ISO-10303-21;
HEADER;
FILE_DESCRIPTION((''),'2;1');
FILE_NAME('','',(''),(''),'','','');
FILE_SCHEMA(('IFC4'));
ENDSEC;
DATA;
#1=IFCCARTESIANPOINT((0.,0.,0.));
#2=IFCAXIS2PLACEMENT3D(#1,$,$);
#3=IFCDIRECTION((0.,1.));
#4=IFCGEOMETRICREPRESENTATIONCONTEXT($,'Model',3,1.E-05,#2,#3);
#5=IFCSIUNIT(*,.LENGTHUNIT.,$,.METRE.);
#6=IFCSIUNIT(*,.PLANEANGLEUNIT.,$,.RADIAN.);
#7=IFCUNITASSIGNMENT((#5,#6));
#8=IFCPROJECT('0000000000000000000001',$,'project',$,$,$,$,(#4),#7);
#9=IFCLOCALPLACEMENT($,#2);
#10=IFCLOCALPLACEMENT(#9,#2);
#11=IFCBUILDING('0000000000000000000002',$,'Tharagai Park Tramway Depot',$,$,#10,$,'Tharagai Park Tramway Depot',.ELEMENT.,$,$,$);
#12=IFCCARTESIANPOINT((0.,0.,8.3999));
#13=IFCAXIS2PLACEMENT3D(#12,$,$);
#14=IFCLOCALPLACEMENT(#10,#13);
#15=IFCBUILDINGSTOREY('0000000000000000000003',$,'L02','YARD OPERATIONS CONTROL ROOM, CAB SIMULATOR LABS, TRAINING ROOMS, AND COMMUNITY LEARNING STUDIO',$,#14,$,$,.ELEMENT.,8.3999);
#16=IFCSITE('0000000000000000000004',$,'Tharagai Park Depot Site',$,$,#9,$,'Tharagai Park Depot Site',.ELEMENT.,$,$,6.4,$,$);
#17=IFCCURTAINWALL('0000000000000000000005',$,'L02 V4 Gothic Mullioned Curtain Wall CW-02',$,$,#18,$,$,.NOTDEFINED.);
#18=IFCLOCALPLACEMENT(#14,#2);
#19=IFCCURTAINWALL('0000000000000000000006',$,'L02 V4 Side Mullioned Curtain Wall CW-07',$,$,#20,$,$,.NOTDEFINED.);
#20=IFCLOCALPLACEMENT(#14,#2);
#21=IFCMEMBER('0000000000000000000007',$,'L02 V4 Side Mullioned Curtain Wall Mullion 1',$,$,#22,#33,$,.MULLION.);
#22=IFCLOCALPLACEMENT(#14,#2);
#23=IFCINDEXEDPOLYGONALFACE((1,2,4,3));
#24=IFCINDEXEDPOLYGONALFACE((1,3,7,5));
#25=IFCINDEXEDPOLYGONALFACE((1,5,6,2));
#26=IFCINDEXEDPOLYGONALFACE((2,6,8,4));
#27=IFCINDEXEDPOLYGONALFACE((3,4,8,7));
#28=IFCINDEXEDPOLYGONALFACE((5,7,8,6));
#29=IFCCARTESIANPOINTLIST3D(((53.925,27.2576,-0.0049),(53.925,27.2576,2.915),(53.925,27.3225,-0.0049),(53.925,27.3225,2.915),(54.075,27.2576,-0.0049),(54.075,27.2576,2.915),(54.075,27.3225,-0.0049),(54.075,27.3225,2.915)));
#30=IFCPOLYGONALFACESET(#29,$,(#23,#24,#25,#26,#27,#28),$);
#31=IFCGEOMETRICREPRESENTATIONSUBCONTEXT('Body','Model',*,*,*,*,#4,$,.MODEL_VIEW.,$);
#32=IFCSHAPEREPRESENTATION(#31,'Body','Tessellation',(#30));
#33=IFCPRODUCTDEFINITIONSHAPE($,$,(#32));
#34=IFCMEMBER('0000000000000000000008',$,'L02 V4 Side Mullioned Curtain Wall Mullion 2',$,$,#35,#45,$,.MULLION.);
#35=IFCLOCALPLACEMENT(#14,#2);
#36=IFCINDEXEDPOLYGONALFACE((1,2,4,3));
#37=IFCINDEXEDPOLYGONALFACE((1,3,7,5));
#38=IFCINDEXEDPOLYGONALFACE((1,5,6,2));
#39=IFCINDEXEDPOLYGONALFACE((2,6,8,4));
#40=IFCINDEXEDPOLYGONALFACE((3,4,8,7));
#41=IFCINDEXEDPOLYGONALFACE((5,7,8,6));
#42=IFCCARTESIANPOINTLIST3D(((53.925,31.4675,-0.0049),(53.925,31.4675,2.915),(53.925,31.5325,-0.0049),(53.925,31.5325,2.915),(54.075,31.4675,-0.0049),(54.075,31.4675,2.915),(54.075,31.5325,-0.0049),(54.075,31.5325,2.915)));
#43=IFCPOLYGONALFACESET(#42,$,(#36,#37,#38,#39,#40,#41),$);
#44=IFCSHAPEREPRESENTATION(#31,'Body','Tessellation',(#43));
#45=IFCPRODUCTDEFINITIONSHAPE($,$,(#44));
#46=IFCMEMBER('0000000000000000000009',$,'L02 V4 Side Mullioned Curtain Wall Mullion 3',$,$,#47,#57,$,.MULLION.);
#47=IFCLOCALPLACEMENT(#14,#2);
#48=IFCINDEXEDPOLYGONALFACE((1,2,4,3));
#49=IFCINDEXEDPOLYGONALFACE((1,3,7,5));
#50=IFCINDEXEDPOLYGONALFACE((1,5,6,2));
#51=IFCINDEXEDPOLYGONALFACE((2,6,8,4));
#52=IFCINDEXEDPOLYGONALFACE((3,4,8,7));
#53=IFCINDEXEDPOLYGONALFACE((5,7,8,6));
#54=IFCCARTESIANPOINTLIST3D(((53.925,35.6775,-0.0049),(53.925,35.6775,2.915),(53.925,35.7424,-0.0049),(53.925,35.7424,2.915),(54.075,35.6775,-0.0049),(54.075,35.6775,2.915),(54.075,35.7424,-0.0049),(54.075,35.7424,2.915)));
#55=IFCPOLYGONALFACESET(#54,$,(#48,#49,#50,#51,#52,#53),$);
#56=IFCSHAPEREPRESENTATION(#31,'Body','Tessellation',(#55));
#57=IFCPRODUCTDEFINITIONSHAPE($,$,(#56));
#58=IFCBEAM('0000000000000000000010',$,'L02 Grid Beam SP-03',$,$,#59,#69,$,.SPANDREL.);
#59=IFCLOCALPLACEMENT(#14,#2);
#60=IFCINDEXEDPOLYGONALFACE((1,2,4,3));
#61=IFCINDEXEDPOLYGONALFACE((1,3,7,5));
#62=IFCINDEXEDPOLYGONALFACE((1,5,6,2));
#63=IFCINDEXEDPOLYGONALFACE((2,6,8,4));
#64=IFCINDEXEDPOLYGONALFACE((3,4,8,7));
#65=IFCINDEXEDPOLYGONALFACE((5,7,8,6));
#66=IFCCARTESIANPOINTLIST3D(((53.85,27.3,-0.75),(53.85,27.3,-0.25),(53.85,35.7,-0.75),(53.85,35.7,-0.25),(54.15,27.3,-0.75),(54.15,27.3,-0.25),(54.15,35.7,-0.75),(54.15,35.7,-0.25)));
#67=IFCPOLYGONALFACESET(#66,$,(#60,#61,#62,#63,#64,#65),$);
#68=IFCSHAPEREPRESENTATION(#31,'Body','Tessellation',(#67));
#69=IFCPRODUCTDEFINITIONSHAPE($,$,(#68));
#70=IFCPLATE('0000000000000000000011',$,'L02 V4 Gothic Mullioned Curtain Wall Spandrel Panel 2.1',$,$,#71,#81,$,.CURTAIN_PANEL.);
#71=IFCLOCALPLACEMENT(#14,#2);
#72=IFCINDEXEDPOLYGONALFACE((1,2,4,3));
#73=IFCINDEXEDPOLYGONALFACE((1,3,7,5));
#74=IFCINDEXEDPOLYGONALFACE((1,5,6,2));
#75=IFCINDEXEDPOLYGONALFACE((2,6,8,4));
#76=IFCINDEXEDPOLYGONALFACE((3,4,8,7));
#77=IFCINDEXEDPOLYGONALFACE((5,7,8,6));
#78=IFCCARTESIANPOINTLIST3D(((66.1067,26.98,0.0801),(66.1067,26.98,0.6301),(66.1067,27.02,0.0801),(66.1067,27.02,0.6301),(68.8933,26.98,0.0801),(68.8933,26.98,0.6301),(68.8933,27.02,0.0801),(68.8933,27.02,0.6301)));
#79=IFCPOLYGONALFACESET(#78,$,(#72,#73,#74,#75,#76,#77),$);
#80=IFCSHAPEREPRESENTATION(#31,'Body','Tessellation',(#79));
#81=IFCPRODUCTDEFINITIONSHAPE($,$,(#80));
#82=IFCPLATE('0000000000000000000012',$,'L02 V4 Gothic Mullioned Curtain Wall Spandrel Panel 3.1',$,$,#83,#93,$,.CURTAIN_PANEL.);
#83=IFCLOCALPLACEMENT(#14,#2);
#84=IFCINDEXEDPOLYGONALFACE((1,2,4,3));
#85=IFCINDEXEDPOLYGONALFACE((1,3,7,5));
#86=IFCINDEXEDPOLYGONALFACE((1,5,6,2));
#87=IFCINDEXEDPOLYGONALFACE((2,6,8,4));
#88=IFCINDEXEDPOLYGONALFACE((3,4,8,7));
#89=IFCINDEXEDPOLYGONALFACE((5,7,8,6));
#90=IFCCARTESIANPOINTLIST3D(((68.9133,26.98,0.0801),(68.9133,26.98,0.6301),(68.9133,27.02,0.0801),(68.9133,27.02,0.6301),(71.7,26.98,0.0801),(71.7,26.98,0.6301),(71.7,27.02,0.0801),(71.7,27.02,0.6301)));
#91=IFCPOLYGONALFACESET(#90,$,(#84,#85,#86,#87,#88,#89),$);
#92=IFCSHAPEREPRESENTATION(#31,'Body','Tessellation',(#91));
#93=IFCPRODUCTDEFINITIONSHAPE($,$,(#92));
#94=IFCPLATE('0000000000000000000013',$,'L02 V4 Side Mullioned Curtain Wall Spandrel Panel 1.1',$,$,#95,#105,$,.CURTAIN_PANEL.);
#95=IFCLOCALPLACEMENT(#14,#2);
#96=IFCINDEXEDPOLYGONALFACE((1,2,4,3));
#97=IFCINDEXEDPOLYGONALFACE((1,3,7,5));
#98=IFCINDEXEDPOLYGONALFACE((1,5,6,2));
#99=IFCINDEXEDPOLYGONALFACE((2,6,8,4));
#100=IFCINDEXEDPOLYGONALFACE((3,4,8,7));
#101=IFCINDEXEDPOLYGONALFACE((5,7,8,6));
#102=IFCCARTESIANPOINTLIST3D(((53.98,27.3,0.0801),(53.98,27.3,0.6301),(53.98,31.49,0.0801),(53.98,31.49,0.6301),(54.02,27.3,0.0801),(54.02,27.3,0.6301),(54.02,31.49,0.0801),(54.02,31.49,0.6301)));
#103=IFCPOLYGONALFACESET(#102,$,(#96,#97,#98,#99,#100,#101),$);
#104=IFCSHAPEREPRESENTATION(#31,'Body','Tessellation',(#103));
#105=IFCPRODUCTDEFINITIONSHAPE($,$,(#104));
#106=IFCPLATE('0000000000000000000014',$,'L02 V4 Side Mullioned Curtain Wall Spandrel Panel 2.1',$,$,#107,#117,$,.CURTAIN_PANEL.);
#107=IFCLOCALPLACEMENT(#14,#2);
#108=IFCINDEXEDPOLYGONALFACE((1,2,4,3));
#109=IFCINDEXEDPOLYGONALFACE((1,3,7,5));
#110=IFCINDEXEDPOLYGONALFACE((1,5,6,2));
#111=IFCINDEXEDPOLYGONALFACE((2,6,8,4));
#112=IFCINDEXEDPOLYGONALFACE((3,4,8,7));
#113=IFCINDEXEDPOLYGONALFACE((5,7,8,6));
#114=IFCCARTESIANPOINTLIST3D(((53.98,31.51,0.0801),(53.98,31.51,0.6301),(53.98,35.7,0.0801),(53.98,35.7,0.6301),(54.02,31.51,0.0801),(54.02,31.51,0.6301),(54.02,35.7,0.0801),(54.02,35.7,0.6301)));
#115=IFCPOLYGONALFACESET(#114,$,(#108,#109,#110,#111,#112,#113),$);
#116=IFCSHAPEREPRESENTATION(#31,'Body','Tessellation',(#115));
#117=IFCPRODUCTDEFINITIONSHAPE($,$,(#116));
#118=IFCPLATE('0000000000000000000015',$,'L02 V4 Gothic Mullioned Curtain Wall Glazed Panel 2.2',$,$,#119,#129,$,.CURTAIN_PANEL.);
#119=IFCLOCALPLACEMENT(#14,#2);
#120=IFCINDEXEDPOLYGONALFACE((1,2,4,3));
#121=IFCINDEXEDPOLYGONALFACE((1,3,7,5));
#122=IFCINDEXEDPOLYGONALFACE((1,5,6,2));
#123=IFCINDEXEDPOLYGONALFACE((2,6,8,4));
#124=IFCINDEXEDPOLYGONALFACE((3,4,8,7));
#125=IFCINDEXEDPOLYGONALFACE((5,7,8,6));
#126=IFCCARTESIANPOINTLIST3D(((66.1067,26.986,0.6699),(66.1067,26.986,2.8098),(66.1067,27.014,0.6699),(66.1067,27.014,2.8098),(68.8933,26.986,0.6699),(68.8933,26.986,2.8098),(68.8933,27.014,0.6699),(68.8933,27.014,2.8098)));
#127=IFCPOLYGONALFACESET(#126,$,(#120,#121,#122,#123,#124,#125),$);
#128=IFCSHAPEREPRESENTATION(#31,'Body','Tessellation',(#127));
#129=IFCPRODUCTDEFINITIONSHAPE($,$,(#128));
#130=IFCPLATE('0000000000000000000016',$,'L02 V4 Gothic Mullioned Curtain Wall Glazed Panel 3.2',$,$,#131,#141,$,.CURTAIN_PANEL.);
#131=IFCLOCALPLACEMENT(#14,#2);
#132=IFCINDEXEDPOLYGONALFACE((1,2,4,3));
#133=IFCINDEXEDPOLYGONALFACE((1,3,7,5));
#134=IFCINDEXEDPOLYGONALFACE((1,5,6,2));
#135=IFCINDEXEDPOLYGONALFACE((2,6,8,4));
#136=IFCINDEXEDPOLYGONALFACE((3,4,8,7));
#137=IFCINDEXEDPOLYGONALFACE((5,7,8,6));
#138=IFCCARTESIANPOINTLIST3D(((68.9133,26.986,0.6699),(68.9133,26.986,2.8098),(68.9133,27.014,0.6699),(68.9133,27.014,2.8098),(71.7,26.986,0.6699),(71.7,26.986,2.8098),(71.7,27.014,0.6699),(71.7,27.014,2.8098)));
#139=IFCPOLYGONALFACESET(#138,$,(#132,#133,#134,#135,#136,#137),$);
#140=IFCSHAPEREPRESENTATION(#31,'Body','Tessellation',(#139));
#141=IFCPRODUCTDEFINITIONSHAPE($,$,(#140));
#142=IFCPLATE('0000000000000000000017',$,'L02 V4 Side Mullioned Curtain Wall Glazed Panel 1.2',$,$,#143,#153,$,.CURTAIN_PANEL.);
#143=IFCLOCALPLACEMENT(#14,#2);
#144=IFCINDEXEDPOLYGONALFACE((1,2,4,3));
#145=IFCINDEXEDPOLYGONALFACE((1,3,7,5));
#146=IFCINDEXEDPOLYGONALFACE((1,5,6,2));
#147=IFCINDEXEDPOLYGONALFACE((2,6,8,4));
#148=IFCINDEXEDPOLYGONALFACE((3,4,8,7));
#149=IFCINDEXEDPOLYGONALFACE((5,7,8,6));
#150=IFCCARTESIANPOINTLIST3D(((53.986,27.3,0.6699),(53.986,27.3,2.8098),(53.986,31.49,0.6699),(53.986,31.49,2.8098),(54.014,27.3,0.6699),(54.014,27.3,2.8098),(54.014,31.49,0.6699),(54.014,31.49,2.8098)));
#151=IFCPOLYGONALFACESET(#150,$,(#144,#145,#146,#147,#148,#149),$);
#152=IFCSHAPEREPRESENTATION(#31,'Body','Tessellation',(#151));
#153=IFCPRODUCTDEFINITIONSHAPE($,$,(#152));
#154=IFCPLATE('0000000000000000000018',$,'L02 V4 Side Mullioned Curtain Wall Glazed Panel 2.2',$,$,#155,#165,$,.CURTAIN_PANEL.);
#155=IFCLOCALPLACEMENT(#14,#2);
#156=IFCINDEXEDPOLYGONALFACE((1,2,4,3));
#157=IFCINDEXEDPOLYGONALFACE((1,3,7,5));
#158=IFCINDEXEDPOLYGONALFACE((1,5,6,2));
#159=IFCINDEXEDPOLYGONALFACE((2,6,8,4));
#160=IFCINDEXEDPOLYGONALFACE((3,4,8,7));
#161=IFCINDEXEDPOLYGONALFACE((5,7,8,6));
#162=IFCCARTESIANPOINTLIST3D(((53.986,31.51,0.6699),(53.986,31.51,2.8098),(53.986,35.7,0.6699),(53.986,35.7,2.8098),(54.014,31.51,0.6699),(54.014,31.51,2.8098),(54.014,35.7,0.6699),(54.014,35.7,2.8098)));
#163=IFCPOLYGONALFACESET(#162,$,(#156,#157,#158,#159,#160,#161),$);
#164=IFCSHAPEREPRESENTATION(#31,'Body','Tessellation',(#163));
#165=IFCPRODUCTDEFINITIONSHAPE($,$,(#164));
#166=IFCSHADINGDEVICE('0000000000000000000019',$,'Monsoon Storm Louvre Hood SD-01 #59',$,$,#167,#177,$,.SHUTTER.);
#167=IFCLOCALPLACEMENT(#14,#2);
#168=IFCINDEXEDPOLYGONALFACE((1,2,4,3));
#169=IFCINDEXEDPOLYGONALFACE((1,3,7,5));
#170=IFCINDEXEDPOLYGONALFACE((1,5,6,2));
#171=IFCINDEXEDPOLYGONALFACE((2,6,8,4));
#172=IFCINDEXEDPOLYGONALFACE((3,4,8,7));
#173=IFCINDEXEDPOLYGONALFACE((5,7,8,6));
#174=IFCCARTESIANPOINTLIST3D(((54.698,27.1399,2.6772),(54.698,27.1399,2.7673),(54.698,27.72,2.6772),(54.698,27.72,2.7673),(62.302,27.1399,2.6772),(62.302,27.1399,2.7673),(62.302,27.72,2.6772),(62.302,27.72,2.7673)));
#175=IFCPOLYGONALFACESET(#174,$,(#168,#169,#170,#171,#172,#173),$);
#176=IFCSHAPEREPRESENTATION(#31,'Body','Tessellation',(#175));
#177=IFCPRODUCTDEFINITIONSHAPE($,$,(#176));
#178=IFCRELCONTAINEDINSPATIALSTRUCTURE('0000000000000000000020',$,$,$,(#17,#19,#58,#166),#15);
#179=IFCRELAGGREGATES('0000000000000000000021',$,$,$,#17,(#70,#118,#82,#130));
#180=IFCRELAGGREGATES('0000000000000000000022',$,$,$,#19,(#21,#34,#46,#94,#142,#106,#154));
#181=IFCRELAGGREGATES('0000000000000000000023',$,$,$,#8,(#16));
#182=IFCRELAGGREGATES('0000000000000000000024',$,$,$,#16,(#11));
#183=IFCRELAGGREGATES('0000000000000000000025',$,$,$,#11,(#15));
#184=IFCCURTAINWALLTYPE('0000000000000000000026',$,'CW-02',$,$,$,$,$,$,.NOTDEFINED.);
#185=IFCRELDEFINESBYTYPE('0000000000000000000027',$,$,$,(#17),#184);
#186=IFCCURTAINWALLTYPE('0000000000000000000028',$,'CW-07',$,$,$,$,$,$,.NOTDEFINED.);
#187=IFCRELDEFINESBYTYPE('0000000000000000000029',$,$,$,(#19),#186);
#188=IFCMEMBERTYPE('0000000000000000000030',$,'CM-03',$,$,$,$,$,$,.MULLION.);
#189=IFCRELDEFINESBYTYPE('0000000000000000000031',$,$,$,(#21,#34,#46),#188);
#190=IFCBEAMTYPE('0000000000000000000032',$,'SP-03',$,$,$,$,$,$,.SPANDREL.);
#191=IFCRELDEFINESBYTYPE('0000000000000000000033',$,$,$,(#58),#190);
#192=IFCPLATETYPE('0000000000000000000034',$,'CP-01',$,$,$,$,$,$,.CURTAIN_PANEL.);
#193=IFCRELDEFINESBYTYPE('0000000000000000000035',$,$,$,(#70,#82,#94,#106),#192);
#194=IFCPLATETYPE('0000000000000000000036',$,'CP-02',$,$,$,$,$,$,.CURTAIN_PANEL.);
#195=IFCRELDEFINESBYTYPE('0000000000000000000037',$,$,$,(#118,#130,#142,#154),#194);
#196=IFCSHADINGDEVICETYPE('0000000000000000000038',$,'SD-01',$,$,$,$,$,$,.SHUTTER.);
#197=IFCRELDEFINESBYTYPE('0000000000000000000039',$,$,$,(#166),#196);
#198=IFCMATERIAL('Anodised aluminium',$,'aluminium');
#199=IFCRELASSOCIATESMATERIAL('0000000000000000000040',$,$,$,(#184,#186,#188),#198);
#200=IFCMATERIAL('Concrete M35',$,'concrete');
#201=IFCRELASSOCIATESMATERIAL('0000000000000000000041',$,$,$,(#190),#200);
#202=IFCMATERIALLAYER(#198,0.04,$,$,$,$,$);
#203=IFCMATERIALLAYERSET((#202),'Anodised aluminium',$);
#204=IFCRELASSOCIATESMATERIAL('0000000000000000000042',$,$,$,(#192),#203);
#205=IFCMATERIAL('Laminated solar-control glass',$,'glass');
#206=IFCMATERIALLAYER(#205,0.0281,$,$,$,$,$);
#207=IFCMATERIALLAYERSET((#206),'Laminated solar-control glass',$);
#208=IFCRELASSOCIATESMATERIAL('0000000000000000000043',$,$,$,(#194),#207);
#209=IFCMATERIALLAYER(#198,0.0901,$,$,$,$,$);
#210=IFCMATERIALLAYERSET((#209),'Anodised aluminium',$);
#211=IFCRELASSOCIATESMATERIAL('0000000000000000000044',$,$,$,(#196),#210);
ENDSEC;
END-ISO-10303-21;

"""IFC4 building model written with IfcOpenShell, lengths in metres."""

from ifc_helpers import new_model, si_unit, direction, frame, origin, origin_2d, place, context, subcontext, project, spatial, rectangle, extrude, material, layer, layer_set, material_profile, profile_set, type_object, element, aggregate, save


model = new_model("IFC4")

# Units and contexts
model_context = context("Model", 3, precision=1e-05, world=origin(), true_north=direction((0.0, 1.0)))
body_context = subcontext(model_context, "Body", "Model", "MODEL_VIEW")
ifc_project = project(units=[si_unit("LENGTHUNIT", "METRE"), si_unit("PLANEANGLEUNIT", "RADIAN")], contexts=[model_context])

# Site, building, storey
site_placement = place(None, origin())
site = spatial("IfcSite", under=ifc_project, at=site_placement, Name="Tharagai Park Depot Site", LongName="Tharagai Park Depot Site", CompositionType="ELEMENT", RefElevation=6.4)
building_placement = place(site_placement, origin())
building = spatial("IfcBuilding", under=site, at=building_placement, Name="Tharagai Park Tramway Depot", LongName="Tharagai Park Tramway Depot", CompositionType="ELEMENT")
storey_placement = place(building_placement, frame((0.0, 0.0, 8.3999)))
storey = spatial("IfcBuildingStorey", under=building, at=storey_placement, Name="L02", Description="YARD OPERATIONS CONTROL ROOM, CAB SIMULATOR LABS, TRAINING ROOMS, AND COMMUNITY LEARNING STUDIO", CompositionType="ELEMENT", Elevation=8.3999)

# Shared definitions
ifc_material_1 = material(Name="Concrete M35", Category="concrete")

# Curtain walls
ifc_material_2 = material(Name="Anodised aluminium", Category="aluminium")
curtain_wall_type_1 = type_object("IfcCurtainWallType", Name="CW-02", PredefinedType="NOTDEFINED", material=ifc_material_2)
curtain_wall_1_placement = place(storey_placement, origin())
curtain_wall_1 = element("IfcCurtainWall", 1, at=curtain_wall_1_placement, inside=storey, type_object=curtain_wall_type_1, Name="L02 V4 Gothic Mullioned Curtain Wall CW-02", PredefinedType="NOTDEFINED")
curtain_wall_type_2 = type_object("IfcCurtainWallType", Name="CW-07", PredefinedType="NOTDEFINED", material=ifc_material_2)
curtain_wall_2_placement = place(storey_placement, origin())
curtain_wall_2 = element("IfcCurtainWall", 2, at=curtain_wall_2_placement, inside=storey, type_object=curtain_wall_type_2, Name="L02 V4 Side Mullioned Curtain Wall CW-07", PredefinedType="NOTDEFINED")

# Members
ifc_material_profile_1 = material_profile(ifc_material_2, rectangle(XDim=0.0649, YDim=0.1499, at=origin_2d()), Name="ALU 65x150")
ifc_profile_set_1 = profile_set([ifc_material_profile_1], Name="Anodised aluminium")
member_type_1 = type_object("IfcMemberType", Name="CM-03", PredefinedType="MULLION", material=ifc_profile_set_1)
member_1_placement = place(storey_placement, frame((54.0, 27.29, -0.0049), z_axis=(0.0, 0.0, 1.0), x_axis=(0.0, 1.0, 0.0)))
member_1 = element("IfcMember", 3, at=member_1_placement, type_object=member_type_1, Name="L02 V4 Side Mullioned Curtain Wall Mullion 1", PredefinedType="MULLION", context=body_context, shape_type="SweptSolid", body=[
    extrude(rectangle(XDim=0.0649, YDim=0.1499, at=origin_2d()), origin(), (0.0, 0.0, 1.0), 2.9199),
])
member_2_placement = place(storey_placement, frame((54.0, 31.5, -0.0049), z_axis=(0.0, 0.0, 1.0), x_axis=(0.0, 1.0, 0.0)))
member_2 = element("IfcMember", 4, at=member_2_placement, type_object=member_type_1, Name="L02 V4 Side Mullioned Curtain Wall Mullion 2", PredefinedType="MULLION", context=body_context, shape_type="SweptSolid", body=[
    extrude(rectangle(XDim=0.0649, YDim=0.1499, at=origin_2d()), origin(), (0.0, 0.0, 1.0), 2.9199),
])
member_3_placement = place(storey_placement, frame((54.0, 35.71, -0.0049), z_axis=(0.0, 0.0, 1.0), x_axis=(0.0, 1.0, 0.0)))
member_3 = element("IfcMember", 5, at=member_3_placement, type_object=member_type_1, Name="L02 V4 Side Mullioned Curtain Wall Mullion 3", PredefinedType="MULLION", context=body_context, shape_type="SweptSolid", body=[
    extrude(rectangle(XDim=0.0649, YDim=0.1499, at=origin_2d()), origin(), (0.0, 0.0, 1.0), 2.9199),
])

# Beam
ifc_material_profile_2 = material_profile(ifc_material_1, rectangle(XDim=0.3, YDim=0.5, at=origin_2d()), Name="RC 300x500")
ifc_profile_set_2 = profile_set([ifc_material_profile_2], Name="Concrete M35")
beam_type_1 = type_object("IfcBeamType", Name="SP-03", PredefinedType="SPANDREL", material=ifc_profile_set_2)
beam_placement = place(storey_placement, frame((54.0, 27.3, -0.5), z_axis=(0.0, 1.0, 0.0), x_axis=(-1.0, 0.0, 0.0)))
element("IfcBeam", 6, at=beam_placement, inside=storey, type_object=beam_type_1, Name="L02 Grid Beam SP-03", PredefinedType="SPANDREL", context=body_context, shape_type="SweptSolid", body=[
    extrude(rectangle(XDim=0.3, YDim=0.5, at=origin_2d()), origin(), (0.0, 0.0, 1.0), 8.3999),
])

# Plates
ifc_layer_1 = layer(ifc_material_2, 0.04)
ifc_layer_set_1 = layer_set([ifc_layer_1], Name="Anodised aluminium")
plate_type_1 = type_object("IfcPlateType", Name="CP-01", PredefinedType="CURTAIN_PANEL", material=ifc_layer_set_1)
plate_1_placement = place(storey_placement, frame((67.5, 27.0, 0.0801), z_axis=(0.0, 0.0, 1.0), x_axis=(1.0, 0.0, 0.0)))
plate_1 = element("IfcPlate", 7, at=plate_1_placement, type_object=plate_type_1, Name="L02 V4 Gothic Mullioned Curtain Wall Spandrel Panel 2.1", PredefinedType="CURTAIN_PANEL", context=body_context, shape_type="SweptSolid", body=[
    extrude(rectangle(XDim=2.7866, YDim=0.04, at=origin_2d()), origin(), (0.0, 0.0, 1.0), 0.55),
])
plate_2_placement = place(storey_placement, frame((70.3066, 27.0, 0.0801), z_axis=(0.0, 0.0, 1.0), x_axis=(1.0, 0.0, 0.0)))
plate_2 = element("IfcPlate", 8, at=plate_2_placement, type_object=plate_type_1, Name="L02 V4 Gothic Mullioned Curtain Wall Spandrel Panel 3.1", PredefinedType="CURTAIN_PANEL", context=body_context, shape_type="SweptSolid", body=[
    extrude(rectangle(XDim=2.7866, YDim=0.04, at=origin_2d()), origin(), (0.0, 0.0, 1.0), 0.55),
])
plate_3_placement = place(storey_placement, frame((54.0, 29.395, 0.0801), z_axis=(0.0, 0.0, 1.0), x_axis=(0.0, 1.0, 0.0)))
plate_3 = element("IfcPlate", 9, at=plate_3_placement, type_object=plate_type_1, Name="L02 V4 Side Mullioned Curtain Wall Spandrel Panel 1.1", PredefinedType="CURTAIN_PANEL", context=body_context, shape_type="SweptSolid", body=[
    extrude(rectangle(XDim=4.1899, YDim=0.04, at=origin_2d()), origin(), (0.0, 0.0, 1.0), 0.55),
])
plate_4_placement = place(storey_placement, frame((54.0, 33.605, 0.0801), z_axis=(0.0, 0.0, 1.0), x_axis=(0.0, 1.0, 0.0)))
plate_4 = element("IfcPlate", 10, at=plate_4_placement, type_object=plate_type_1, Name="L02 V4 Side Mullioned Curtain Wall Spandrel Panel 2.1", PredefinedType="CURTAIN_PANEL", context=body_context, shape_type="SweptSolid", body=[
    extrude(rectangle(XDim=4.1899, YDim=0.04, at=origin_2d()), origin(), (0.0, 0.0, 1.0), 0.55),
])
ifc_material_3 = material(Name="Laminated solar-control glass", Category="glass")
ifc_layer_2 = layer(ifc_material_3, 0.0281)
ifc_layer_set_2 = layer_set([ifc_layer_2], Name="Laminated solar-control glass")
plate_type_2 = type_object("IfcPlateType", Name="CP-02", PredefinedType="CURTAIN_PANEL", material=ifc_layer_set_2)
plate_5_placement = place(storey_placement, frame((67.5, 27.0, 0.6699), z_axis=(0.0, 0.0, 1.0), x_axis=(1.0, 0.0, 0.0)))
plate_5 = element("IfcPlate", 11, at=plate_5_placement, type_object=plate_type_2, Name="L02 V4 Gothic Mullioned Curtain Wall Glazed Panel 2.2", PredefinedType="CURTAIN_PANEL", context=body_context, shape_type="SweptSolid", body=[
    extrude(rectangle(XDim=2.7866, YDim=0.0281, at=origin_2d()), origin(), (0.0, 0.0, 1.0), 2.1399),
])
plate_6_placement = place(storey_placement, frame((70.3066, 27.0, 0.6699), z_axis=(0.0, 0.0, 1.0), x_axis=(1.0, 0.0, 0.0)))
plate_6 = element("IfcPlate", 12, at=plate_6_placement, type_object=plate_type_2, Name="L02 V4 Gothic Mullioned Curtain Wall Glazed Panel 3.2", PredefinedType="CURTAIN_PANEL", context=body_context, shape_type="SweptSolid", body=[
    extrude(rectangle(XDim=2.7866, YDim=0.0281, at=origin_2d()), origin(), (0.0, 0.0, 1.0), 2.1399),
])
aggregate(curtain_wall_1, [plate_1, plate_5, plate_2, plate_6])
plate_7_placement = place(storey_placement, frame((54.0, 29.395, 0.6699), z_axis=(0.0, 0.0, 1.0), x_axis=(0.0, 1.0, 0.0)))
plate_7 = element("IfcPlate", 13, at=plate_7_placement, type_object=plate_type_2, Name="L02 V4 Side Mullioned Curtain Wall Glazed Panel 1.2", PredefinedType="CURTAIN_PANEL", context=body_context, shape_type="SweptSolid", body=[
    extrude(rectangle(XDim=4.1899, YDim=0.0281, at=origin_2d()), origin(), (0.0, 0.0, 1.0), 2.1399),
])
plate_8_placement = place(storey_placement, frame((54.0, 33.605, 0.6699), z_axis=(0.0, 0.0, 1.0), x_axis=(0.0, 1.0, 0.0)))
plate_8 = element("IfcPlate", 14, at=plate_8_placement, type_object=plate_type_2, Name="L02 V4 Side Mullioned Curtain Wall Glazed Panel 2.2", PredefinedType="CURTAIN_PANEL", context=body_context, shape_type="SweptSolid", body=[
    extrude(rectangle(XDim=4.1899, YDim=0.0281, at=origin_2d()), origin(), (0.0, 0.0, 1.0), 2.1399),
])
aggregate(curtain_wall_2, [member_1, member_2, member_3, plate_3, plate_7, plate_4, plate_8])

# Shading device
ifc_layer_3 = layer(ifc_material_2, 0.0901)
ifc_layer_set_3 = layer_set([ifc_layer_3], Name="Anodised aluminium")
shading_device_type = type_object("IfcShadingDeviceType", Name="SD-01", PredefinedType="SHUTTER", material=ifc_layer_set_3)
shading_device_placement = place(storey_placement, frame((58.5, 27.4299, 2.6772), z_axis=(0.0, 0.0, 1.0), x_axis=(1.0, 0.0, 0.0)))
element("IfcShadingDevice", 15, at=shading_device_placement, inside=storey, type_object=shading_device_type, Name="Monsoon Storm Louvre Hood SD-01 #59", PredefinedType="SHUTTER", context=body_context, shape_type="SweptSolid", body=[
    extrude(rectangle(XDim=7.604, YDim=0.5801, at=origin_2d()), origin(), (0.0, 0.0, 1.0), 0.0901),
])

save(model, "model.ifc")
